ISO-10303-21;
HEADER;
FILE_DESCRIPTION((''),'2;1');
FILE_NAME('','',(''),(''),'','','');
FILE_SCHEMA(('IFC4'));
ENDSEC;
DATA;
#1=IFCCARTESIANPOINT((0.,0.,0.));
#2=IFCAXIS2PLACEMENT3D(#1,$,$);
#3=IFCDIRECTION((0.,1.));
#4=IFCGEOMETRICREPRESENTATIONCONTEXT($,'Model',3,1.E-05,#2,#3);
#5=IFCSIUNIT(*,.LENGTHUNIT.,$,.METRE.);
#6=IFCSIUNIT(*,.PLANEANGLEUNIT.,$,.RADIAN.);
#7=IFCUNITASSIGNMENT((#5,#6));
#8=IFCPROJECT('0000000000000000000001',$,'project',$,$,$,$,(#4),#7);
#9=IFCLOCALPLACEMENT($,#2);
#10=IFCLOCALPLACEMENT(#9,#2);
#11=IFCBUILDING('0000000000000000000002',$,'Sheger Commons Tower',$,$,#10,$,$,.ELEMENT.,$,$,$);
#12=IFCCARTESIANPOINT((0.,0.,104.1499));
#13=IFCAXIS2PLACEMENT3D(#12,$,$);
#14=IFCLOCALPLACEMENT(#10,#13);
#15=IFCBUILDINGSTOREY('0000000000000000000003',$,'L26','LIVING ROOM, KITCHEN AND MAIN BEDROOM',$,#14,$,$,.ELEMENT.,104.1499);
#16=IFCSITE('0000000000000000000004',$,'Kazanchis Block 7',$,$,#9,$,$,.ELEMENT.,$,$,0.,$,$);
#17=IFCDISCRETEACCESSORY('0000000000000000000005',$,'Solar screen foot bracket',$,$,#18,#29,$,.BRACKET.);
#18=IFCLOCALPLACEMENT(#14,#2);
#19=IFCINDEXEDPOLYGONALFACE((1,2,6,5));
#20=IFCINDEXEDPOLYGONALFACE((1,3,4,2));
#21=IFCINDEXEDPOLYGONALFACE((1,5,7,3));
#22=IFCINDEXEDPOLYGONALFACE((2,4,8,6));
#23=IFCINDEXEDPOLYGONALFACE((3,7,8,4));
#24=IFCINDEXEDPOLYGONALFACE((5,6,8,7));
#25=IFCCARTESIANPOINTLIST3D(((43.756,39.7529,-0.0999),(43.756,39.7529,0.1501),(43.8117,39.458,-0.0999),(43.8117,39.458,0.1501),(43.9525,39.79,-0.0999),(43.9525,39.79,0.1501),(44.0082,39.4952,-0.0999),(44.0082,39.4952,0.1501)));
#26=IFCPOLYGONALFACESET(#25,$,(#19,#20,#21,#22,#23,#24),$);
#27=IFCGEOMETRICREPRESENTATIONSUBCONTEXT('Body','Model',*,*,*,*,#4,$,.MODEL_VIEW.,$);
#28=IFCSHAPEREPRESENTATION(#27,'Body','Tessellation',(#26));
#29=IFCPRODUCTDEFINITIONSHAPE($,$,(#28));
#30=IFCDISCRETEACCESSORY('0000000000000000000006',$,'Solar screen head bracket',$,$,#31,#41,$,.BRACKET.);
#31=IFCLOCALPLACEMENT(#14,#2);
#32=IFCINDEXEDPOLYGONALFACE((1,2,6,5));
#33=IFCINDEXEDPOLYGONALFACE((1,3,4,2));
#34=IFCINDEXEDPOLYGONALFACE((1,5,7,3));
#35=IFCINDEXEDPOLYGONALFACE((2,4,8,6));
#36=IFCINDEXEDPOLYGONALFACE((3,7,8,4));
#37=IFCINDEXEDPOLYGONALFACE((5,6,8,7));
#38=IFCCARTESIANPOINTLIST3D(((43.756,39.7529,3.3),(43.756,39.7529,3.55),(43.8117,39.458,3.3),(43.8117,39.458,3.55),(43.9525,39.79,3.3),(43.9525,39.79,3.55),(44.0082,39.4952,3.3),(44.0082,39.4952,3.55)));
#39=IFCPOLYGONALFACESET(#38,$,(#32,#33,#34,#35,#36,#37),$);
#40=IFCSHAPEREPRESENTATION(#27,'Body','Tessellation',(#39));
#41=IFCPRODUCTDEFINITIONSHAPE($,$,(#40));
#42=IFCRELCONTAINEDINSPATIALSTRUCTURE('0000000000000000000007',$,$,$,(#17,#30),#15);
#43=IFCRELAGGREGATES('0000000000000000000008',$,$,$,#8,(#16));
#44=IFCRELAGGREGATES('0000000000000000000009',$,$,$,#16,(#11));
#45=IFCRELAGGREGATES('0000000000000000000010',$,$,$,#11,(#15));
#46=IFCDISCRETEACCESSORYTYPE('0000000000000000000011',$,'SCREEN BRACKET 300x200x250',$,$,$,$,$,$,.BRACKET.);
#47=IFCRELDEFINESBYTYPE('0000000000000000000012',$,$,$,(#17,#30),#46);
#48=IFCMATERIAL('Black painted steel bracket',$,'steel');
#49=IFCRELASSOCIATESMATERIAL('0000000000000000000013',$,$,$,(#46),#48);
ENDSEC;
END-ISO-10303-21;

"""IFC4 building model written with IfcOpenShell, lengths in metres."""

from ifc_helpers import new_model, si_unit, direction, frame, origin, origin_2d, place, context, subcontext, project, spatial, rectangle, extrude, material, type_object, element, save


model = new_model("IFC4")

# Units and contexts
model_context = context("Model", 3, precision=1e-05, world=origin(), true_north=direction((0.0, 1.0)))
body_context = subcontext(model_context, "Body", "Model", "MODEL_VIEW")
ifc_project = project(units=[si_unit("LENGTHUNIT", "METRE"), si_unit("PLANEANGLEUNIT", "RADIAN")], contexts=[model_context])

# Site, building, storey
site_placement = place(None, origin())
site = spatial("IfcSite", under=ifc_project, at=site_placement, Name="Kazanchis Block 7", CompositionType="ELEMENT", RefElevation=0.0)
building_placement = place(site_placement, origin())
building = spatial("IfcBuilding", under=site, at=building_placement, Name="Sheger Commons Tower", CompositionType="ELEMENT")
storey_placement = place(building_placement, frame((0.0, 0.0, 104.1499)))
storey = spatial("IfcBuildingStorey", under=building, at=storey_placement, Name="L26", Description="LIVING ROOM, KITCHEN AND MAIN BEDROOM", CompositionType="ELEMENT", Elevation=104.1499)

# Discrete accessories
ifc_material_1 = material(Name="Black painted steel bracket", Category="steel")
discrete_accessory_type = type_object("IfcDiscreteAccessoryType", Name="SCREEN BRACKET 300x200x250", PredefinedType="BRACKET", material=ifc_material_1)
for number, where, z_axis, x_axis, name in (
    (1, (43.8821, 39.624, -0.0999), (0.0, 0.0, 1.0), (-0.185615, 0.982623, 0.0), "Solar screen foot bracket"),
    (2, (43.8821, 39.624, 3.3), (0.0, 0.0, 1.0), (-0.185615, 0.982623, 0.0), "Solar screen head bracket"),
):
    element("IfcDiscreteAccessory", number, at=place(storey_placement, frame(where, z_axis=z_axis, x_axis=x_axis)), inside=storey, type_object=discrete_accessory_type, Name=name, PredefinedType="BRACKET", context=body_context, shape_type="SweptSolid", body=[
        extrude(rectangle(XDim=0.3, YDim=0.2, at=origin_2d()), origin(), (0.0, 0.0, 1.0), 0.25),
    ])

save(model, "model.ifc")
